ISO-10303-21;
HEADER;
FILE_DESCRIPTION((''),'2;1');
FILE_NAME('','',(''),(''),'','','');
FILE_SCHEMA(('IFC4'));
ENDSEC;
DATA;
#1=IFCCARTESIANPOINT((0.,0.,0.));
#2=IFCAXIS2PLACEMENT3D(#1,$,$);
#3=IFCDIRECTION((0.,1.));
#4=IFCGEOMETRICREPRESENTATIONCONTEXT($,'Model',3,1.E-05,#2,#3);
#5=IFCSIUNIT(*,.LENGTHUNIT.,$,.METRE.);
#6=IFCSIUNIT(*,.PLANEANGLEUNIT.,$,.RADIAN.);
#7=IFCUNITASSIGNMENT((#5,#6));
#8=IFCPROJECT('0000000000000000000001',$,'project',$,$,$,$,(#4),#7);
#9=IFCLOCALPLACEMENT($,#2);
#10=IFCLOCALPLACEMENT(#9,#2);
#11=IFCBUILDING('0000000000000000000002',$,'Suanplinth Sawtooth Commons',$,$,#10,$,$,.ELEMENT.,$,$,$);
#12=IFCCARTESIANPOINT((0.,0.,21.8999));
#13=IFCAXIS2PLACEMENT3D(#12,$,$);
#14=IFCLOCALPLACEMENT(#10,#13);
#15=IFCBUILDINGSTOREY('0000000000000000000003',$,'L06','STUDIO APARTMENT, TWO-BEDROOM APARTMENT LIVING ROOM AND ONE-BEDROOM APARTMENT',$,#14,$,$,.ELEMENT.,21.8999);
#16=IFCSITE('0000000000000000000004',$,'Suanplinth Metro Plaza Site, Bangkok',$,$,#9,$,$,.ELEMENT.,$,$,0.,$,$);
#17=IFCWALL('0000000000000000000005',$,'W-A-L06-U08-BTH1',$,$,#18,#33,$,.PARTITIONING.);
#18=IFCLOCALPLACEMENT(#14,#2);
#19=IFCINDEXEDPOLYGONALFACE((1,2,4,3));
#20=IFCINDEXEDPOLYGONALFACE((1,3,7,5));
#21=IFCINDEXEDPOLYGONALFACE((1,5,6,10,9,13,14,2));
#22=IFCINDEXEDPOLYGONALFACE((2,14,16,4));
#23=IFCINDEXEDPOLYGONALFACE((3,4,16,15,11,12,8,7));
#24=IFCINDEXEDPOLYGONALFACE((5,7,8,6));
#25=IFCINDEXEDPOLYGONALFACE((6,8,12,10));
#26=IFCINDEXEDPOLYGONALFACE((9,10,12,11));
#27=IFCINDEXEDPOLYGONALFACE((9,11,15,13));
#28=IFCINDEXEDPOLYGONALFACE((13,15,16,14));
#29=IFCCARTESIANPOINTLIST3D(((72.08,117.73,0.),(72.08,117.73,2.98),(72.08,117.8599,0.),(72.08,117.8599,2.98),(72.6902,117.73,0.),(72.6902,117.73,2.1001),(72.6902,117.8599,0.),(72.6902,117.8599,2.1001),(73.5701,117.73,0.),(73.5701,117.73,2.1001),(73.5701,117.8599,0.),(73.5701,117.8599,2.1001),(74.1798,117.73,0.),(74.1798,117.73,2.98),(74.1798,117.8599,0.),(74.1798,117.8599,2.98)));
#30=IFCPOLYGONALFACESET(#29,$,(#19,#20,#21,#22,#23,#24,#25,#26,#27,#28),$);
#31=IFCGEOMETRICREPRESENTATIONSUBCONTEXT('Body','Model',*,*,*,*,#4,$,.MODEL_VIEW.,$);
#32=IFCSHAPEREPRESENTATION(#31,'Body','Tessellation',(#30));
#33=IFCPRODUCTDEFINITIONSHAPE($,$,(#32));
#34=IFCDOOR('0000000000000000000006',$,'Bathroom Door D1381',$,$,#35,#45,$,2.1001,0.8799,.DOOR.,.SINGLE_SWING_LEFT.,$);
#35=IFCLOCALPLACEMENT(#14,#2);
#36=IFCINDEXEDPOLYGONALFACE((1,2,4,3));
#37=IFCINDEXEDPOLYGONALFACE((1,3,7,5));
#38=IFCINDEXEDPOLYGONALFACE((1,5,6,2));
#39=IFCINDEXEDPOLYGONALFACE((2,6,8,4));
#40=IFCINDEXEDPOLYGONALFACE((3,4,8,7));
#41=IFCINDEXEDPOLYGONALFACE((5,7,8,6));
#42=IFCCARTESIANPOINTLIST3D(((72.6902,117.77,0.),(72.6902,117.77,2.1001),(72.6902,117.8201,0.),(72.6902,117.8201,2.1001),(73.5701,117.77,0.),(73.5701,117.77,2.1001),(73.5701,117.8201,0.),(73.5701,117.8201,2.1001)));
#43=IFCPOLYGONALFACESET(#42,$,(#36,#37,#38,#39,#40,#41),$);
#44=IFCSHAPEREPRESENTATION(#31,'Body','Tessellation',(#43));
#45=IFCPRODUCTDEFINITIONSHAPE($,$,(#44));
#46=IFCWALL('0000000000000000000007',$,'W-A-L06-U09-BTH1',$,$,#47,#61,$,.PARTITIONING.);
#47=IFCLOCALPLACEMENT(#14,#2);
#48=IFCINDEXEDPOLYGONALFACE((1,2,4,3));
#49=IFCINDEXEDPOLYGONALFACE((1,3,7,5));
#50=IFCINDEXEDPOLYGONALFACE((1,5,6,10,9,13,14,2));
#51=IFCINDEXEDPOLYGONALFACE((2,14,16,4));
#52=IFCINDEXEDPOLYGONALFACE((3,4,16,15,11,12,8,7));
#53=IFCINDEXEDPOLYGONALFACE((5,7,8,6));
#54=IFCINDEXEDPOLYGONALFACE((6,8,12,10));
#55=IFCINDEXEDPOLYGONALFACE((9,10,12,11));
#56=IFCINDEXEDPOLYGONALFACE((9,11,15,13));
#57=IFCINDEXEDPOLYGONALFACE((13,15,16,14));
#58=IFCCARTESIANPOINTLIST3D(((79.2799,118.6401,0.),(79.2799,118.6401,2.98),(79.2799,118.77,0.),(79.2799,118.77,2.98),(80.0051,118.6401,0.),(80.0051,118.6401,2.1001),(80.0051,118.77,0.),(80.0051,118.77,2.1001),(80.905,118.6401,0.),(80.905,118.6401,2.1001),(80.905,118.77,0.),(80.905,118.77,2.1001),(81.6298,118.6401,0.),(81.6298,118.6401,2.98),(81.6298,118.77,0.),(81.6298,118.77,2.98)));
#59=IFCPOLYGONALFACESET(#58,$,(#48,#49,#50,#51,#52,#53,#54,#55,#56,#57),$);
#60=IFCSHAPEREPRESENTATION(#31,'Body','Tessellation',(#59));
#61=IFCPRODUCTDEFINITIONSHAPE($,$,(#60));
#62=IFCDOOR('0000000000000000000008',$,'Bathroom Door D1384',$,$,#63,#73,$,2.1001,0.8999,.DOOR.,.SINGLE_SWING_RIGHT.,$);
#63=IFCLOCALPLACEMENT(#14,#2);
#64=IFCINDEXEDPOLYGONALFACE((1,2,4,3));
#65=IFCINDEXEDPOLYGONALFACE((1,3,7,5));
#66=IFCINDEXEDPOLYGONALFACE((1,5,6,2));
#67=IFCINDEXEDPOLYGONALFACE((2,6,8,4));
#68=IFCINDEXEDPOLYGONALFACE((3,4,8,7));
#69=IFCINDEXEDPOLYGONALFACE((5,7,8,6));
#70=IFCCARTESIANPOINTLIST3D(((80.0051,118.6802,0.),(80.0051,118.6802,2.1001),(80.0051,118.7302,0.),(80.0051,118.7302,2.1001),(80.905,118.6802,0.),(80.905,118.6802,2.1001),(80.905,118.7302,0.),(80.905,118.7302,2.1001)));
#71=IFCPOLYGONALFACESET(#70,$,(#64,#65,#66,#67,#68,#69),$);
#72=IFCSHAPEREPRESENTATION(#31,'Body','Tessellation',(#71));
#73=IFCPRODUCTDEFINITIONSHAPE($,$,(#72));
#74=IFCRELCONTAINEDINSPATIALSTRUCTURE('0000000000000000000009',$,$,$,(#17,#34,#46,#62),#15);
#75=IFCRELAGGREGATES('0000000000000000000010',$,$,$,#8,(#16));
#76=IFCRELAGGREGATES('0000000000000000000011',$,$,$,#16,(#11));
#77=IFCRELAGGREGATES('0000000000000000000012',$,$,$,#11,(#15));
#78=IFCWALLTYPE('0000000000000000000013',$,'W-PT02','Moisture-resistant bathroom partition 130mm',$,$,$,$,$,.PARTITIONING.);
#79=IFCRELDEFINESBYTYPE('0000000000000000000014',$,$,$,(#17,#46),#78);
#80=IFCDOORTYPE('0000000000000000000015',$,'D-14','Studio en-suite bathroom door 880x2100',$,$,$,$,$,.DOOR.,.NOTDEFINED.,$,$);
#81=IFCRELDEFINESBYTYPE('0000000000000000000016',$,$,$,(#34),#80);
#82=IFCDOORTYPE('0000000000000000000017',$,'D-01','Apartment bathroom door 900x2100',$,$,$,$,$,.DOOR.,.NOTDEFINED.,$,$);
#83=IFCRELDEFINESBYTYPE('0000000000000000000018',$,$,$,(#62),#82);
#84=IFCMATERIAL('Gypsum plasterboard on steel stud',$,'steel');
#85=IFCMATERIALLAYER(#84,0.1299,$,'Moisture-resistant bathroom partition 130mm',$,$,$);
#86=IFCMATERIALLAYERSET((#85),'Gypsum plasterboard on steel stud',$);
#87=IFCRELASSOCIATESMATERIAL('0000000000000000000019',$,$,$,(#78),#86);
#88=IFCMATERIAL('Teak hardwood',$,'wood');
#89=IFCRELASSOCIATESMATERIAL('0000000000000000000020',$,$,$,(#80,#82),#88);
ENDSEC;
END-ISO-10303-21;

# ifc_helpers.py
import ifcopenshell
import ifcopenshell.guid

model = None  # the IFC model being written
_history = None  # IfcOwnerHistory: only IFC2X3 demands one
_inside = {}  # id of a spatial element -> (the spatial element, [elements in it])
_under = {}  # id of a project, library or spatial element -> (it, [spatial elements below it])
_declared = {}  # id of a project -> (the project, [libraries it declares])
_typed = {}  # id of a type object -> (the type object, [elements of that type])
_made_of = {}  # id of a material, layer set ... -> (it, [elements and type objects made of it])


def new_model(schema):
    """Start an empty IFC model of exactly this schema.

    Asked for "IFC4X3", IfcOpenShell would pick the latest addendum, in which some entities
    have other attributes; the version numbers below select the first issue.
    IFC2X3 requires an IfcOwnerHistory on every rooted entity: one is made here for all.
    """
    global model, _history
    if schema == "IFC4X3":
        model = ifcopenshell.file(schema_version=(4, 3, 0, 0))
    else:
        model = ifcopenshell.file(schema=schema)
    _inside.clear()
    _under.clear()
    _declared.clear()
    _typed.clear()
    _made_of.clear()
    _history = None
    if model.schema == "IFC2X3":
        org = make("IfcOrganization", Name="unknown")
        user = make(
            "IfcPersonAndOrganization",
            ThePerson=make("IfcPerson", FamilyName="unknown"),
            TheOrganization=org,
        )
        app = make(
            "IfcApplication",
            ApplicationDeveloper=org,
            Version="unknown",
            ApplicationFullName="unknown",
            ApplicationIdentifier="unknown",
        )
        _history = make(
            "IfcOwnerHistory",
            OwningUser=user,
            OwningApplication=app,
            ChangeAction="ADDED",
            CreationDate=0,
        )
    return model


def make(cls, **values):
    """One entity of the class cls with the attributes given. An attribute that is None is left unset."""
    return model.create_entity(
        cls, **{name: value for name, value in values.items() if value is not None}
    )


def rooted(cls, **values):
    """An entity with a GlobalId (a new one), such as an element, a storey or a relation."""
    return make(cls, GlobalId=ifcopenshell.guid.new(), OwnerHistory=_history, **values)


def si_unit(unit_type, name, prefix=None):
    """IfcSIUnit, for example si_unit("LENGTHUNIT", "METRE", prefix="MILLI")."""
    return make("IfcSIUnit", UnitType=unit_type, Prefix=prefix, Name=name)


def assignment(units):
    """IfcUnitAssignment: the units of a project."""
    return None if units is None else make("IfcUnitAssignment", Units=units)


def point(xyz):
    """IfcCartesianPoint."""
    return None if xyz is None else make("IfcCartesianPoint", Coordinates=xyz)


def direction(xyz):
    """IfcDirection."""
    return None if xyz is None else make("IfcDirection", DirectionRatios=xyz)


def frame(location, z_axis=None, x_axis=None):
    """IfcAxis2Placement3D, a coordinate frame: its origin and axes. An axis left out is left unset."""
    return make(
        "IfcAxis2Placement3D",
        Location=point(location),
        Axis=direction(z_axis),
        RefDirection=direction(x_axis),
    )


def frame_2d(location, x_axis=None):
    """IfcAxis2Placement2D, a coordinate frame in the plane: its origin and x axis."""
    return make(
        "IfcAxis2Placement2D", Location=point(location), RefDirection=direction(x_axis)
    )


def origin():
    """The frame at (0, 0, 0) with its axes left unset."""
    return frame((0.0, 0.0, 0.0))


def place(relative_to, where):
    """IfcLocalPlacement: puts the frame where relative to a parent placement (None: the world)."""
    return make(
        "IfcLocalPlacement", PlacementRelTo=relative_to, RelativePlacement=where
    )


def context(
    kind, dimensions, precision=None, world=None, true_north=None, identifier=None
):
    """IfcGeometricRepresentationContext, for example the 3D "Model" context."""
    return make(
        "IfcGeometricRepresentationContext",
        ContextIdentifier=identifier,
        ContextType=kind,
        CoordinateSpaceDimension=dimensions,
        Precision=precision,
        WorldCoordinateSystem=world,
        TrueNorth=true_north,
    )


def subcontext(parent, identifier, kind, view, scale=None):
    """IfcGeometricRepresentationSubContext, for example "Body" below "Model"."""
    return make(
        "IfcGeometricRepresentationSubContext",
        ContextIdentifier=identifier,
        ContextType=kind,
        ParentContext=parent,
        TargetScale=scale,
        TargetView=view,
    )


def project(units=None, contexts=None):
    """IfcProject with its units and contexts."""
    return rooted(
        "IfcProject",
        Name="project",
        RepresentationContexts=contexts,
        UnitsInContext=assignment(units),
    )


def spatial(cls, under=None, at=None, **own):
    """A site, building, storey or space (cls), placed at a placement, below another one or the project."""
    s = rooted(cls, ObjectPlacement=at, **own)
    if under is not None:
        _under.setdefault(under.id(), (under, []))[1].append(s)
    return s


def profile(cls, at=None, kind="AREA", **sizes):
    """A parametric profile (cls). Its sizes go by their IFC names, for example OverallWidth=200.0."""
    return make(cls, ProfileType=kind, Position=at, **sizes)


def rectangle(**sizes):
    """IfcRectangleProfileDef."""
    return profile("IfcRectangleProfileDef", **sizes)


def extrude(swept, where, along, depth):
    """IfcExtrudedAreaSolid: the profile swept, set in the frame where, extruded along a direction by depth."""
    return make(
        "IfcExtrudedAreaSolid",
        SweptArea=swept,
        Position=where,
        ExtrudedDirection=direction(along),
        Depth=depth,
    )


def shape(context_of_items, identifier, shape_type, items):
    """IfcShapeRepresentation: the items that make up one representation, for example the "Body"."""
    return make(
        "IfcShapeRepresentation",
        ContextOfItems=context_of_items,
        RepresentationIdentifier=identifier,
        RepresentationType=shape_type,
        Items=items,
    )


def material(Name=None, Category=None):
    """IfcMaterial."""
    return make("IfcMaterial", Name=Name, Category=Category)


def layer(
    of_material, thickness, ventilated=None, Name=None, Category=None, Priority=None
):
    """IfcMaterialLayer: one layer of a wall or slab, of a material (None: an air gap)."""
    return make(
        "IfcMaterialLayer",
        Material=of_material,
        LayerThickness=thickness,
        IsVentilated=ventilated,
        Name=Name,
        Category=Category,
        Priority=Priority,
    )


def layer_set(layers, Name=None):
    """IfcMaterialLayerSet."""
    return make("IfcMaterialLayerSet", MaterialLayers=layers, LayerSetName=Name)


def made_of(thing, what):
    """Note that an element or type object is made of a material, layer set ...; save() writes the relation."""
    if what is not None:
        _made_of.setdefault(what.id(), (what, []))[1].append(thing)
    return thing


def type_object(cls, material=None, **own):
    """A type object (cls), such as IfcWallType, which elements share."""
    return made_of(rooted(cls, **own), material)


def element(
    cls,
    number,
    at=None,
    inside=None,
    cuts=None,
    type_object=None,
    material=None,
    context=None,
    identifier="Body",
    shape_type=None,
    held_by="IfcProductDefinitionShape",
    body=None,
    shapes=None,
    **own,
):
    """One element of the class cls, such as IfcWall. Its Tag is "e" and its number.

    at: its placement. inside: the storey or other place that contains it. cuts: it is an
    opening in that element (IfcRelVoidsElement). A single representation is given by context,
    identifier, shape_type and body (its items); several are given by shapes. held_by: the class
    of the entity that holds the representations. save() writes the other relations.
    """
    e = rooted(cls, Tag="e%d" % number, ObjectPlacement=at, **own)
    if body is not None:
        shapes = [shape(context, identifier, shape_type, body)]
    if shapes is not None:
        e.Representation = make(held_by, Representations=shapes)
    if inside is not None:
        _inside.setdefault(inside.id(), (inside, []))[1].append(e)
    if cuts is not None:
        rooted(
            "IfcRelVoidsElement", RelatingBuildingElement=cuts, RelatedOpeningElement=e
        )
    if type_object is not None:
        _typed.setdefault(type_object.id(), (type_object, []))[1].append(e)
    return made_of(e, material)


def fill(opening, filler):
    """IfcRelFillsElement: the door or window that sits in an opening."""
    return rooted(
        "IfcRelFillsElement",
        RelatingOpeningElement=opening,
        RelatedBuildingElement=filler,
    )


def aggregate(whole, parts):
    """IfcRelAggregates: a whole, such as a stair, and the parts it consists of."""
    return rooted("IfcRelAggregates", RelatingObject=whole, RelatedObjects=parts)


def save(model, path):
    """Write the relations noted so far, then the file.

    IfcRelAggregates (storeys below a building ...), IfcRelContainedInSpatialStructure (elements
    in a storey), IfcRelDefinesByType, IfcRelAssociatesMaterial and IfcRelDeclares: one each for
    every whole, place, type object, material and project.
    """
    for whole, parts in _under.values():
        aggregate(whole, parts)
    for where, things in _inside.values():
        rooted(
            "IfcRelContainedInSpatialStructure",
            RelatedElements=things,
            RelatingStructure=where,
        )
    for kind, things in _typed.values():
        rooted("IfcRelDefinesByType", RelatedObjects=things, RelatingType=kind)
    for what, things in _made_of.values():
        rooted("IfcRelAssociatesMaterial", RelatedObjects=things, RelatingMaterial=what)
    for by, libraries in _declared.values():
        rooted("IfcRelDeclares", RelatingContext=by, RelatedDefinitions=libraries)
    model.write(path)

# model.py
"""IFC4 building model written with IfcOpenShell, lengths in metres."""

from ifc_helpers import new_model, si_unit, direction, frame, frame_2d, origin, place, context, subcontext, project, spatial, rectangle, extrude, material, layer, layer_set, type_object, element, fill, save


model = new_model("IFC4")

# Units and contexts
model_context = context("Model", 3, precision=1e-05, world=origin(), true_north=direction((0.0, 1.0)))
body_context = subcontext(model_context, "Body", "Model", "MODEL_VIEW")
ifc_project = project(units=[si_unit("LENGTHUNIT", "METRE"), si_unit("PLANEANGLEUNIT", "RADIAN")], contexts=[model_context])

# Site, building, storey
site_placement = place(None, origin())
site = spatial("IfcSite", under=ifc_project, at=site_placement, Name="Suanplinth Metro Plaza Site, Bangkok", CompositionType="ELEMENT", RefElevation=0.0)
building_placement = place(site_placement, origin())
building = spatial("IfcBuilding", under=site, at=building_placement, Name="Suanplinth Sawtooth Commons", CompositionType="ELEMENT")
storey_placement = place(building_placement, frame((0.0, 0.0, 21.8999)))
storey = spatial("IfcBuildingStorey", under=building, at=storey_placement, Name="L06", Description="STUDIO APARTMENT, TWO-BEDROOM APARTMENT LIVING ROOM AND ONE-BEDROOM APARTMENT", CompositionType="ELEMENT", Elevation=21.8999)

# Walls, openings, doors
ifc_material_1 = material(Name="Gypsum plasterboard on steel stud", Category="steel")
ifc_material_2 = material(Name="Teak hardwood", Category="wood")
ifc_layer_1 = layer(ifc_material_1, 0.1299, Name="Moisture-resistant bathroom partition 130mm")
ifc_layer_set_1 = layer_set([ifc_layer_1], Name="Gypsum plasterboard on steel stud")
wall_type_1 = type_object("IfcWallType", Name="W-PT02", Description="Moisture-resistant bathroom partition 130mm", PredefinedType="PARTITIONING", material=ifc_layer_set_1)
wall_1_placement = place(storey_placement, frame((72.0801, 117.7949, 0.0), z_axis=(0.0, 0.0, 1.0), x_axis=(1.0, 0.0, 0.0)))
wall_1 = element("IfcWall", 1, at=wall_1_placement, inside=storey, type_object=wall_type_1, Name="W-A-L06-U08-BTH1", PredefinedType="PARTITIONING", context=body_context, shape_type="SweptSolid", body=[
    extrude(rectangle(XDim=2.0999, YDim=0.1299, at=frame_2d((1.0498, 0.0))), origin(), (0.0, 0.0, 1.0), 2.98),
])
opening_1_placement = place(wall_1_placement, frame((0.6101, 0.0, 0.0)))
opening_1 = element("IfcOpeningElement", 2, at=opening_1_placement, cuts=wall_1, PredefinedType="OPENING", context=body_context, shape_type="SweptSolid", body=[
    extrude(rectangle(XDim=0.8799, YDim=2.1001, at=frame_2d((0.4399, 1.05))), frame((0.0, 0.0798, 0.0), z_axis=(0.0, -1.0, 0.0), x_axis=(1.0, 0.0, 0.0)), (0.0, 0.0, 1.0), 0.1597),
])
door_type_1 = type_object("IfcDoorType", Name="D-14", Description="Studio en-suite bathroom door 880x2100", OperationType="NOTDEFINED", PredefinedType="DOOR", material=ifc_material_2)
door_1_placement = place(opening_1_placement, frame((0.8799, 0.0, 0.0), z_axis=(0.0, 0.0, 1.0), x_axis=(-1.0, 0.0, 0.0)))
door_1 = element("IfcDoor", 3, at=door_1_placement, inside=storey, type_object=door_type_1, Name="Bathroom Door D1381", OperationType="SINGLE_SWING_LEFT", OverallHeight=2.1001, OverallWidth=0.8799, PredefinedType="DOOR", context=body_context, shape_type="SweptSolid", body=[
    extrude(rectangle(XDim=0.8799, YDim=2.1001, at=frame_2d((0.4399, 1.05))), frame((0.0, 0.0249, 0.0), z_axis=(0.0, -1.0, 0.0), x_axis=(1.0, 0.0, 0.0)), (0.0, 0.0, 1.0), 0.05),
])
fill(opening_1, door_1)
wall_2_placement = place(storey_placement, frame((79.28, 118.7051, 0.0), z_axis=(0.0, 0.0, 1.0), x_axis=(1.0, 0.0, 0.0)))
wall_2 = element("IfcWall", 4, at=wall_2_placement, inside=storey, type_object=wall_type_1, Name="W-A-L06-U09-BTH1", PredefinedType="PARTITIONING", context=body_context, shape_type="SweptSolid", body=[
    extrude(rectangle(XDim=2.3499, YDim=0.1299, at=frame_2d((1.1748, 0.0))), origin(), (0.0, 0.0, 1.0), 2.98),
])
opening_2_placement = place(wall_2_placement, frame((0.7251, 0.0, 0.0)))
opening_2 = element("IfcOpeningElement", 5, at=opening_2_placement, cuts=wall_2, PredefinedType="OPENING", context=body_context, shape_type="SweptSolid", body=[
    extrude(rectangle(XDim=0.8999, YDim=2.1001, at=frame_2d((0.45, 1.05))), frame((0.0, 0.0798, 0.0), z_axis=(0.0, -1.0, 0.0), x_axis=(1.0, 0.0, 0.0)), (0.0, 0.0, 1.0), 0.1597),
])
door_type_2 = type_object("IfcDoorType", Name="D-01", Description="Apartment bathroom door 900x2100", OperationType="NOTDEFINED", PredefinedType="DOOR", material=ifc_material_2)
door_2_placement = place(opening_2_placement, frame((0.8999, 0.0, 0.0), z_axis=(0.0, 0.0, 1.0), x_axis=(-1.0, 0.0, 0.0)))
door_2 = element("IfcDoor", 6, at=door_2_placement, inside=storey, type_object=door_type_2, Name="Bathroom Door D1384", OperationType="SINGLE_SWING_RIGHT", OverallHeight=2.1001, OverallWidth=0.8999, PredefinedType="DOOR", context=body_context, shape_type="SweptSolid", body=[
    extrude(rectangle(XDim=0.8999, YDim=2.1001, at=frame_2d((0.45, 1.05))), frame((0.0, 0.0249, 0.0), z_axis=(0.0, -1.0, 0.0), x_axis=(1.0, 0.0, 0.0)), (0.0, 0.0, 1.0), 0.05),
])
fill(opening_2, door_2)

save(model, "model.ifc")
